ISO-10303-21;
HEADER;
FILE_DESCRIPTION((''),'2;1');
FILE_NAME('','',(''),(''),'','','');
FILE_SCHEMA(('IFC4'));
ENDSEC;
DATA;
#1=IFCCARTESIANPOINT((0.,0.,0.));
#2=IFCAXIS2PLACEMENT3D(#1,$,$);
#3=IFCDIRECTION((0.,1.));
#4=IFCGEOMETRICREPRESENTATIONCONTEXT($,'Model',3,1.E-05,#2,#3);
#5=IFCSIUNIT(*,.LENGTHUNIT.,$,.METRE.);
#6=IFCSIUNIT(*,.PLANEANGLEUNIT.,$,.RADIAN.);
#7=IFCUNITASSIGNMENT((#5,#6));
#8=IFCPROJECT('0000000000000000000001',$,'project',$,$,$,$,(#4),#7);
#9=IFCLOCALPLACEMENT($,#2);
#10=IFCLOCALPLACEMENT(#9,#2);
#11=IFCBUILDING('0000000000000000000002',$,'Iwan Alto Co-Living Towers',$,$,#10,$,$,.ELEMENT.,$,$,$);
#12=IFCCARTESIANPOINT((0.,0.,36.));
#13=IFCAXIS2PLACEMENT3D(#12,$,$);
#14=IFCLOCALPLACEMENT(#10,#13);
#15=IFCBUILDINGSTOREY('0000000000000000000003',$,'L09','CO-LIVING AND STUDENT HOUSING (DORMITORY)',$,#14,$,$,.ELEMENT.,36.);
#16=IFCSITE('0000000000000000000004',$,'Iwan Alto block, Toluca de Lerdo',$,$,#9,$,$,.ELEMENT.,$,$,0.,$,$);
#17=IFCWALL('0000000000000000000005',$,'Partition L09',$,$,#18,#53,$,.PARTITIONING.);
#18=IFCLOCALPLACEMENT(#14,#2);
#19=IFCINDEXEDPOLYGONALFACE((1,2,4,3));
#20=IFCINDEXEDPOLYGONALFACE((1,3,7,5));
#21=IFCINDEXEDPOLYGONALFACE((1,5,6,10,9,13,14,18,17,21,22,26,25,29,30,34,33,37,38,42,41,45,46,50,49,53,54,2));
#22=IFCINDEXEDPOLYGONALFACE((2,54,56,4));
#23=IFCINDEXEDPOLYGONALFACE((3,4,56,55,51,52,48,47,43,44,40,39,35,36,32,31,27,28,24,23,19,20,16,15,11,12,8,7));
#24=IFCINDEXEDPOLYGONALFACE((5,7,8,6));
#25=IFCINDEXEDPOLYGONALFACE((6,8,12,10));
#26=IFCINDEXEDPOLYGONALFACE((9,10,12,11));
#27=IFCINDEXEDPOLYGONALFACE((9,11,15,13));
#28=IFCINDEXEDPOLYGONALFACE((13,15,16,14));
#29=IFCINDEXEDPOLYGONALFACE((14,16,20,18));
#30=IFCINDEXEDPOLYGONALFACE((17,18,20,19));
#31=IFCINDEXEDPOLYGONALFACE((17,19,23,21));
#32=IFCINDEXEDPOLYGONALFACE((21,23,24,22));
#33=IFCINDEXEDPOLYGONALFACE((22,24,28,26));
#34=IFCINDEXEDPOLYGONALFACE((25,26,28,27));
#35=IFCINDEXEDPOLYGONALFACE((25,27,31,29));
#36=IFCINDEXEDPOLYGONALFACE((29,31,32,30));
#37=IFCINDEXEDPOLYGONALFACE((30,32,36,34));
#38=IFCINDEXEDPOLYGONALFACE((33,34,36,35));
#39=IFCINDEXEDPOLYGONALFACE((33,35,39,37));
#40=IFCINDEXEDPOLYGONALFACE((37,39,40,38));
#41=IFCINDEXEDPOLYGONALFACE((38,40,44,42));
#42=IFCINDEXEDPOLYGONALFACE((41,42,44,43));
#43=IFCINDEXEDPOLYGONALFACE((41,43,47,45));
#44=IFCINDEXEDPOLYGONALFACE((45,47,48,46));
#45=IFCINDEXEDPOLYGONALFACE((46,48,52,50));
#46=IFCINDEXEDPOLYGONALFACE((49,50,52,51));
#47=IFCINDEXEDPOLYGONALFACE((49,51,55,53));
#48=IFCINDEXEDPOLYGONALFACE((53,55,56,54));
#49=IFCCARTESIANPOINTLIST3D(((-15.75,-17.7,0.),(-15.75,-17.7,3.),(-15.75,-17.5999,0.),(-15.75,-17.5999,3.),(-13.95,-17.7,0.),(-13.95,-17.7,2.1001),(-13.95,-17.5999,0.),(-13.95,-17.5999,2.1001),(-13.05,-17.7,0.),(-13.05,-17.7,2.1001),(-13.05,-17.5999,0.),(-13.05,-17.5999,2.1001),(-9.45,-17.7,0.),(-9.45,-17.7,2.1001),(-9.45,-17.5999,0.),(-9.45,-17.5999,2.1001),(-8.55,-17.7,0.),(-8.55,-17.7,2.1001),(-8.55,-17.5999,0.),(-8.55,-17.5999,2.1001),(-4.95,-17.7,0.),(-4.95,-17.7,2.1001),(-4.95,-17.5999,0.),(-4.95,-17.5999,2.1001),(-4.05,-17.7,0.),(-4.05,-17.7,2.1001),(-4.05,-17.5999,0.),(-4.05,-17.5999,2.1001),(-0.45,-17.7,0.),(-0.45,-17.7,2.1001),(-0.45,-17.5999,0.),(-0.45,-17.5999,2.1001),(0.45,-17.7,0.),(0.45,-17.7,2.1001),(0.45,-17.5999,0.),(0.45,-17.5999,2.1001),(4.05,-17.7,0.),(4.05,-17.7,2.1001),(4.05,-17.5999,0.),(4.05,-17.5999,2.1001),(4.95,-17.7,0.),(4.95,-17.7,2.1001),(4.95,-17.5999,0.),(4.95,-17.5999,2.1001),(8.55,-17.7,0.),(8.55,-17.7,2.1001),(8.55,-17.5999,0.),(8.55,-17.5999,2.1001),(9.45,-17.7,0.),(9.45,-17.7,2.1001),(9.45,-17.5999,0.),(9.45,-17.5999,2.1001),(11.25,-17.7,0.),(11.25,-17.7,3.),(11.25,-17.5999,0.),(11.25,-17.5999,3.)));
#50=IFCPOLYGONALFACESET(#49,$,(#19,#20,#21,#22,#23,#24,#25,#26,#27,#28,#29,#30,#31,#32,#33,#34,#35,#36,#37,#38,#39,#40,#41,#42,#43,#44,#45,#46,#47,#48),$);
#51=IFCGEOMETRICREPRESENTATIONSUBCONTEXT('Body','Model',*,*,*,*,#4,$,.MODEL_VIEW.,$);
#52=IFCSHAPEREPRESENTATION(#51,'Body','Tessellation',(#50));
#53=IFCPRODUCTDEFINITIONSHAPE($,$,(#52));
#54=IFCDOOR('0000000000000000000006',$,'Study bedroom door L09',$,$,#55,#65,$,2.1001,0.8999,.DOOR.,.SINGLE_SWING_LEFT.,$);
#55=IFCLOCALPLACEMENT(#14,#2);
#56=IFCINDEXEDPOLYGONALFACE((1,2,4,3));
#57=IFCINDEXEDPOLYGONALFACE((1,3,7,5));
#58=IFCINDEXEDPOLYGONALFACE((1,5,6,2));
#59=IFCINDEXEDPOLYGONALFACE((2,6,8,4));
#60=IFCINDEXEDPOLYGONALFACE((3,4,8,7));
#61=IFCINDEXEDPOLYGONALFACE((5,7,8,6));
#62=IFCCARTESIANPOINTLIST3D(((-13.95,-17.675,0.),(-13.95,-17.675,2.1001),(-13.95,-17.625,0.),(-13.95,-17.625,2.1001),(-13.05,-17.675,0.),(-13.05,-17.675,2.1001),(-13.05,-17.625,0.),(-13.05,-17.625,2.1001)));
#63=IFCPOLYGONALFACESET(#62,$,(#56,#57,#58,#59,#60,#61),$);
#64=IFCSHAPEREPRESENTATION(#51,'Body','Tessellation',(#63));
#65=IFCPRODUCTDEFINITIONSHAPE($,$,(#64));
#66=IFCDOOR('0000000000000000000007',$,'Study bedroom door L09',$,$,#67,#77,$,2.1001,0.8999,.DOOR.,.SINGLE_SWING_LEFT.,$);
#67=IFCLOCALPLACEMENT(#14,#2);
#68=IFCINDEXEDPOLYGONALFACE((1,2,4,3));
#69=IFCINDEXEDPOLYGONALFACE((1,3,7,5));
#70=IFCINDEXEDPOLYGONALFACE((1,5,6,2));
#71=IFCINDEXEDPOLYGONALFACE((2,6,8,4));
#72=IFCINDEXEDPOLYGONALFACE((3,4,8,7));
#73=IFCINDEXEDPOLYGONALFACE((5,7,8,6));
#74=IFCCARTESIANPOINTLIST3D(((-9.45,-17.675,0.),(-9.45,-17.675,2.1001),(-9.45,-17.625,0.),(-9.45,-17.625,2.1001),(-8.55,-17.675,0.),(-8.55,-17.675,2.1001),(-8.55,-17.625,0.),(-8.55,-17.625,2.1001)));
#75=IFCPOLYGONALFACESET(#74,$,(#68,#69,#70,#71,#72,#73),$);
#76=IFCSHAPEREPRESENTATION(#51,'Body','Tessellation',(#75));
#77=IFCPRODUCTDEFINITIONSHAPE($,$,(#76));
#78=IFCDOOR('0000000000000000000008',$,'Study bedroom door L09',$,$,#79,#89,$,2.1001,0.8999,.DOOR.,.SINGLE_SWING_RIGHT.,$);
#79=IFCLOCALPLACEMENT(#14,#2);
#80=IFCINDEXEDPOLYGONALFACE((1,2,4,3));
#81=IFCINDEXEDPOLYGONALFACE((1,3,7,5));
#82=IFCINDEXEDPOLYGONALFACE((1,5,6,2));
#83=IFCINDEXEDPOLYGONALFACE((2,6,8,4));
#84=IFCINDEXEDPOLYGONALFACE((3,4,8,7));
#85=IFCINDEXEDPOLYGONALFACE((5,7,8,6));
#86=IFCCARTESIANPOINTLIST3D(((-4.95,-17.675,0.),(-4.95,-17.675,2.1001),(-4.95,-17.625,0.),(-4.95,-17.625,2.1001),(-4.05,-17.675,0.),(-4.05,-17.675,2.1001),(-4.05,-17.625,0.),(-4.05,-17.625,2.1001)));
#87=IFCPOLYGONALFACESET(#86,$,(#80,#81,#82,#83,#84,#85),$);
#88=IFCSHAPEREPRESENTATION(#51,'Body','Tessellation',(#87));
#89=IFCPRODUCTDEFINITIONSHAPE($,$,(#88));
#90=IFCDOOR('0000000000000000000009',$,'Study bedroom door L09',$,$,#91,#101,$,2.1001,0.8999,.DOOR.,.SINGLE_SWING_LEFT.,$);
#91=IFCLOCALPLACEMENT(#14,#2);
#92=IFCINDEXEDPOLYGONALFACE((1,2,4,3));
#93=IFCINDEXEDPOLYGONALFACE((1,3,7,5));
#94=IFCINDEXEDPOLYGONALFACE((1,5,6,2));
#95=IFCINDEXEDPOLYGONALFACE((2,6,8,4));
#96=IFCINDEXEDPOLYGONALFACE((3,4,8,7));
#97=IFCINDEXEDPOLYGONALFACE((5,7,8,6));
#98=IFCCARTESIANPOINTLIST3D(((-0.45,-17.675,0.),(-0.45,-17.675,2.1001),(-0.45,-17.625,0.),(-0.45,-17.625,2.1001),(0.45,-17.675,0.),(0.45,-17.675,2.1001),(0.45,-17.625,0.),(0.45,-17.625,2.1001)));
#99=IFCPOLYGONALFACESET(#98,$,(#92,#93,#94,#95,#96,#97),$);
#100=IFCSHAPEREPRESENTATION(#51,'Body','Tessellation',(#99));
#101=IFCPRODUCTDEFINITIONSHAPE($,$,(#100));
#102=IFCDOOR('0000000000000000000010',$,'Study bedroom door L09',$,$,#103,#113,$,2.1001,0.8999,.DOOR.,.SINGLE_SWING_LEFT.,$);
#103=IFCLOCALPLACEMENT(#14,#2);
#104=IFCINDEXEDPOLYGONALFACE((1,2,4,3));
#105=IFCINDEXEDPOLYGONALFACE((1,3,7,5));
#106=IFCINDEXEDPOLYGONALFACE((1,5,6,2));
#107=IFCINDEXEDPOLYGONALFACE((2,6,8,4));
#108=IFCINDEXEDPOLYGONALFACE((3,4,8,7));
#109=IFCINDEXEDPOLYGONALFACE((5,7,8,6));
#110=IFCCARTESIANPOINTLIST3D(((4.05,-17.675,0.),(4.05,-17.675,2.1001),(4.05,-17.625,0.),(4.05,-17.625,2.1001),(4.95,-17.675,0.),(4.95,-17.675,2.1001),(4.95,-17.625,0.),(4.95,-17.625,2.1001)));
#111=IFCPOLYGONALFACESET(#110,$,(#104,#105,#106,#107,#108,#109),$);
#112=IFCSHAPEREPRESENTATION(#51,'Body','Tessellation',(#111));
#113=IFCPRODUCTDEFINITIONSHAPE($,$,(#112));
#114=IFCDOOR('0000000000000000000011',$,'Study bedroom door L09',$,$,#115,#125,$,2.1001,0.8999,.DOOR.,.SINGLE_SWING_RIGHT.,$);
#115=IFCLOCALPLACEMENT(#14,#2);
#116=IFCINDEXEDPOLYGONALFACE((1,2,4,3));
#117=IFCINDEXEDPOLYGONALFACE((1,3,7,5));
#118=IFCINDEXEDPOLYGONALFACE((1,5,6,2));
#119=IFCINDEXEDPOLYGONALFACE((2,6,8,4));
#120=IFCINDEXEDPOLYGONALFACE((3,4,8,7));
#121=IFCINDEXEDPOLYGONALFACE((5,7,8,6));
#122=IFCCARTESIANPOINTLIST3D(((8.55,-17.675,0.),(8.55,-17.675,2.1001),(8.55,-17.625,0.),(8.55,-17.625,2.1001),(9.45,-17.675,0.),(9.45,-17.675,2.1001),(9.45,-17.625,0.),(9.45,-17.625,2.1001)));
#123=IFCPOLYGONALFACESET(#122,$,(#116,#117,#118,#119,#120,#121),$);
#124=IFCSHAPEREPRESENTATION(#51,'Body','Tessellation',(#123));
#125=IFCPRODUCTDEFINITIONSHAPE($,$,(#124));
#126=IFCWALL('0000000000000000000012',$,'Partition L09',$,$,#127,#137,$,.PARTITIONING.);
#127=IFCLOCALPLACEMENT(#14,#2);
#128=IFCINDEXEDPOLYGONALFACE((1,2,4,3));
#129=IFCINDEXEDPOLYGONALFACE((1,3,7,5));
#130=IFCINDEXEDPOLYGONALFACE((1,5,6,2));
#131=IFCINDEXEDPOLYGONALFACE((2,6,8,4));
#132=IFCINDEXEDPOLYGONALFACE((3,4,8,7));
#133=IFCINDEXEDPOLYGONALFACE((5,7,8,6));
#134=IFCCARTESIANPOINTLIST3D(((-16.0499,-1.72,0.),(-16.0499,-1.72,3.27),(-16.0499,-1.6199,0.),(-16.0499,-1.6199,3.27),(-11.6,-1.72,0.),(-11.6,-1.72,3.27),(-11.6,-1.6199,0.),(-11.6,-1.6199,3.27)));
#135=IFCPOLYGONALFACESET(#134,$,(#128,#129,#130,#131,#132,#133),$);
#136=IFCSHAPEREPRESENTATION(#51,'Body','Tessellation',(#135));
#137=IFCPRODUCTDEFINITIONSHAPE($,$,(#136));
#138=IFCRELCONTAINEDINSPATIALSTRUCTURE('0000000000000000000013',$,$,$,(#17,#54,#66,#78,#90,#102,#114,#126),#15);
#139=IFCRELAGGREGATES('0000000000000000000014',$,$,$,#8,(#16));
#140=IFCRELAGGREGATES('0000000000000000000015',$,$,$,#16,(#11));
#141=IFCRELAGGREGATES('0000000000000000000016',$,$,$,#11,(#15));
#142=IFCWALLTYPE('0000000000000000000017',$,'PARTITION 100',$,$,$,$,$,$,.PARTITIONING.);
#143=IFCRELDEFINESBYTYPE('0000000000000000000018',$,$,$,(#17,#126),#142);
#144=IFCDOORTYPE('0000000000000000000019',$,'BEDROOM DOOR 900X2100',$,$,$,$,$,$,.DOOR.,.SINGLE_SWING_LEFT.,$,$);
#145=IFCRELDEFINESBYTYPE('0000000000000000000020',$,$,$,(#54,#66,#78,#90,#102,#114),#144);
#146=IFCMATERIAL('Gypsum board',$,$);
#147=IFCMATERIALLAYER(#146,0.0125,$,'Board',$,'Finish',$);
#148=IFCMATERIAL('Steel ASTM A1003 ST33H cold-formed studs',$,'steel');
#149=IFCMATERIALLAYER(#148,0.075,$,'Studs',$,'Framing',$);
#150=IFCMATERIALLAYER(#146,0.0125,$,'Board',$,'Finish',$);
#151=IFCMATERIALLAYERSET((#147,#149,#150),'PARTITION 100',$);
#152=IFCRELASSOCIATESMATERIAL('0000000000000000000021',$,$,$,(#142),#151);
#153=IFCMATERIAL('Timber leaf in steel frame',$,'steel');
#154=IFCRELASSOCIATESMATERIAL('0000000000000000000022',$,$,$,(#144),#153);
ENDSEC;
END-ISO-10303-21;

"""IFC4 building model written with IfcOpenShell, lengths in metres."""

from ifc_helpers import new_model, si_unit, direction, frame, frame_2d, origin, place, context, subcontext, project, spatial, rectangle, extrude, material, layer, layer_set, type_object, element, fill, save


model = new_model("IFC4")

# Units and contexts
model_context = context("Model", 3, precision=1e-05, world=origin(), true_north=direction((0.0, 1.0)))
body_context = subcontext(model_context, "Body", "Model", "MODEL_VIEW")
ifc_project = project(units=[si_unit("LENGTHUNIT", "METRE"), si_unit("PLANEANGLEUNIT", "RADIAN")], contexts=[model_context])

# Site, building, storey
site_placement = place(None, origin())
site = spatial("IfcSite", under=ifc_project, at=site_placement, Name="Iwan Alto block, Toluca de Lerdo", CompositionType="ELEMENT", RefElevation=0.0)
building_placement = place(site_placement, origin())
building = spatial("IfcBuilding", under=site, at=building_placement, Name="Iwan Alto Co-Living Towers", CompositionType="ELEMENT")
storey_placement = place(building_placement, frame((0.0, 0.0, 36.0)))
storey = spatial("IfcBuildingStorey", under=building, at=storey_placement, Name="L09", Description="CO-LIVING AND STUDENT HOUSING (DORMITORY)", CompositionType="ELEMENT", Elevation=36.0)

# Wall, openings, doors
ifc_material_1 = material(Name="Gypsum board")
ifc_layer_1 = layer(ifc_material_1, 0.0125, Name="Board", Category="Finish")
ifc_material_2 = material(Name="Steel ASTM A1003 ST33H cold-formed studs", Category="steel")
ifc_layer_2 = layer(ifc_material_2, 0.075, Name="Studs", Category="Framing")
ifc_layer_3 = layer(ifc_material_1, 0.0125, Name="Board", Category="Finish")
ifc_layer_set_1 = layer_set([ifc_layer_1, ifc_layer_2, ifc_layer_3], Name="PARTITION 100")
wall_type_1 = type_object("IfcWallType", Name="PARTITION 100", PredefinedType="PARTITIONING", material=ifc_layer_set_1)
wall_1_placement = place(storey_placement, frame((-15.75, -17.6499, 0.0), z_axis=(0.0, 0.0, 1.0), x_axis=(1.0, 0.0, 0.0)))
wall_1 = element("IfcWall", 1, at=wall_1_placement, inside=storey, type_object=wall_type_1, Name="Partition L09", PredefinedType="PARTITIONING", context=body_context, shape_type="SweptSolid", body=[
    extrude(rectangle(XDim=27.0, YDim=0.1001, at=frame_2d((13.5, 0.0))), origin(), (0.0, 0.0, 1.0), 3.0),
])
opening_1_placement = place(wall_1_placement, frame((1.8, 0.0, 0.0)))
opening_1 = element("IfcOpeningElement", 2, at=opening_1_placement, cuts=wall_1, PredefinedType="OPENING", context=body_context, shape_type="SweptSolid", body=[
    extrude(rectangle(XDim=0.8999, YDim=2.1001, at=frame_2d((0.45, 1.05))), frame((0.0, 0.0601, 0.0), z_axis=(0.0, -1.0, 0.0), x_axis=(1.0, 0.0, 0.0)), (0.0, 0.0, 1.0), 0.1201),
])
opening_2_placement = place(wall_1_placement, frame((6.3, 0.0, 0.0)))
opening_2 = element("IfcOpeningElement", 3, at=opening_2_placement, cuts=wall_1, PredefinedType="OPENING", context=body_context, shape_type="SweptSolid", body=[
    extrude(rectangle(XDim=0.8999, YDim=2.1001, at=frame_2d((0.45, 1.05))), frame((0.0, 0.0601, 0.0), z_axis=(0.0, -1.0, 0.0), x_axis=(1.0, 0.0, 0.0)), (0.0, 0.0, 1.0), 0.1201),
])
opening_3_placement = place(wall_1_placement, frame((10.8, 0.0, 0.0)))
opening_3 = element("IfcOpeningElement", 4, at=opening_3_placement, cuts=wall_1, PredefinedType="OPENING", context=body_context, shape_type="SweptSolid", body=[
    extrude(rectangle(XDim=0.8999, YDim=2.1001, at=frame_2d((0.45, 1.05))), frame((0.0, 0.0601, 0.0), z_axis=(0.0, -1.0, 0.0), x_axis=(1.0, 0.0, 0.0)), (0.0, 0.0, 1.0), 0.1201),
])
opening_4_placement = place(wall_1_placement, frame((15.3, 0.0, 0.0)))
opening_4 = element("IfcOpeningElement", 5, at=opening_4_placement, cuts=wall_1, PredefinedType="OPENING", context=body_context, shape_type="SweptSolid", body=[
    extrude(rectangle(XDim=0.8999, YDim=2.1001, at=frame_2d((0.45, 1.05))), frame((0.0, 0.0601, 0.0), z_axis=(0.0, -1.0, 0.0), x_axis=(1.0, 0.0, 0.0)), (0.0, 0.0, 1.0), 0.1201),
])
opening_5_placement = place(wall_1_placement, frame((19.8, 0.0, 0.0)))
opening_5 = element("IfcOpeningElement", 6, at=opening_5_placement, cuts=wall_1, PredefinedType="OPENING", context=body_context, shape_type="SweptSolid", body=[
    extrude(rectangle(XDim=0.8999, YDim=2.1001, at=frame_2d((0.45, 1.05))), frame((0.0, 0.0601, 0.0), z_axis=(0.0, -1.0, 0.0), x_axis=(1.0, 0.0, 0.0)), (0.0, 0.0, 1.0), 0.1201),
])
opening_6_placement = place(wall_1_placement, frame((24.3, 0.0, 0.0)))
opening_6 = element("IfcOpeningElement", 7, at=opening_6_placement, cuts=wall_1, PredefinedType="OPENING", context=body_context, shape_type="SweptSolid", body=[
    extrude(rectangle(XDim=0.8999, YDim=2.1001, at=frame_2d((0.45, 1.05))), frame((0.0, 0.0601, 0.0), z_axis=(0.0, -1.0, 0.0), x_axis=(1.0, 0.0, 0.0)), (0.0, 0.0, 1.0), 0.1201),
])
ifc_material_3 = material(Name="Timber leaf in steel frame", Category="steel")
door_type_1 = type_object("IfcDoorType", Name="BEDROOM DOOR 900X2100", OperationType="SINGLE_SWING_LEFT", PredefinedType="DOOR", material=ifc_material_3)
door_1_placement = place(opening_1_placement, origin())
door_1 = element("IfcDoor", 8, at=door_1_placement, inside=storey, type_object=door_type_1, Name="Study bedroom door L09", OperationType="SINGLE_SWING_LEFT", OverallHeight=2.1001, OverallWidth=0.8999, PredefinedType="DOOR", context=body_context, shape_type="SweptSolid", body=[
    extrude(rectangle(XDim=0.8999, YDim=2.1001, at=frame_2d((0.45, 1.05))), frame((0.0, 0.0249, 0.0), z_axis=(0.0, -1.0, 0.0), x_axis=(1.0, 0.0, 0.0)), (0.0, 0.0, 1.0), 0.05),
])
fill(opening_1, door_1)
door_2_placement = place(opening_2_placement, origin())
door_2 = element("IfcDoor", 9, at=door_2_placement, inside=storey, type_object=door_type_1, Name="Study bedroom door L09", OperationType="SINGLE_SWING_LEFT", OverallHeight=2.1001, OverallWidth=0.8999, PredefinedType="DOOR", context=body_context, shape_type="SweptSolid", body=[
    extrude(rectangle(XDim=0.8999, YDim=2.1001, at=frame_2d((0.45, 1.05))), frame((0.0, 0.0249, 0.0), z_axis=(0.0, -1.0, 0.0), x_axis=(1.0, 0.0, 0.0)), (0.0, 0.0, 1.0), 0.05),
])
fill(opening_2, door_2)
door_3_placement = place(opening_3_placement, origin())
door_3 = element("IfcDoor", 10, at=door_3_placement, inside=storey, type_object=door_type_1, Name="Study bedroom door L09", OperationType="SINGLE_SWING_RIGHT", OverallHeight=2.1001, OverallWidth=0.8999, PredefinedType="DOOR", context=body_context, shape_type="SweptSolid", body=[
    extrude(rectangle(XDim=0.8999, YDim=2.1001, at=frame_2d((0.45, 1.05))), frame((0.0, 0.0249, 0.0), z_axis=(0.0, -1.0, 0.0), x_axis=(1.0, 0.0, 0.0)), (0.0, 0.0, 1.0), 0.05),
])
fill(opening_3, door_3)
door_4_placement = place(opening_4_placement, origin())
door_4 = element("IfcDoor", 11, at=door_4_placement, inside=storey, type_object=door_type_1, Name="Study bedroom door L09", OperationType="SINGLE_SWING_LEFT", OverallHeight=2.1001, OverallWidth=0.8999, PredefinedType="DOOR", context=body_context, shape_type="SweptSolid", body=[
    extrude(rectangle(XDim=0.8999, YDim=2.1001, at=frame_2d((0.45, 1.05))), frame((0.0, 0.0249, 0.0), z_axis=(0.0, -1.0, 0.0), x_axis=(1.0, 0.0, 0.0)), (0.0, 0.0, 1.0), 0.05),
])
fill(opening_4, door_4)
door_5_placement = place(opening_5_placement, origin())
door_5 = element("IfcDoor", 12, at=door_5_placement, inside=storey, type_object=door_type_1, Name="Study bedroom door L09", OperationType="SINGLE_SWING_LEFT", OverallHeight=2.1001, OverallWidth=0.8999, PredefinedType="DOOR", context=body_context, shape_type="SweptSolid", body=[
    extrude(rectangle(XDim=0.8999, YDim=2.1001, at=frame_2d((0.45, 1.05))), frame((0.0, 0.0249, 0.0), z_axis=(0.0, -1.0, 0.0), x_axis=(1.0, 0.0, 0.0)), (0.0, 0.0, 1.0), 0.05),
])
fill(opening_5, door_5)
door_6_placement = place(opening_6_placement, origin())
door_6 = element("IfcDoor", 13, at=door_6_placement, inside=storey, type_object=door_type_1, Name="Study bedroom door L09", OperationType="SINGLE_SWING_RIGHT", OverallHeight=2.1001, OverallWidth=0.8999, PredefinedType="DOOR", context=body_context, shape_type="SweptSolid", body=[
    extrude(rectangle(XDim=0.8999, YDim=2.1001, at=frame_2d((0.45, 1.05))), frame((0.0, 0.0249, 0.0), z_axis=(0.0, -1.0, 0.0), x_axis=(1.0, 0.0, 0.0)), (0.0, 0.0, 1.0), 0.05),
])
fill(opening_6, door_6)

# Wall
wall_2_placement = place(storey_placement, frame((-16.05, -1.6699, 0.0), z_axis=(0.0, 0.0, 1.0), x_axis=(1.0, 0.0, 0.0)))
element("IfcWall", 14, at=wall_2_placement, inside=storey, type_object=wall_type_1, Name="Partition L09", PredefinedType="PARTITIONING", context=body_context, shape_type="SweptSolid", body=[
    extrude(rectangle(XDim=4.45, YDim=0.1001, at=frame_2d((2.2251, 0.0))), origin(), (0.0, 0.0, 1.0), 3.27),
])

save(model, "model.ifc")
